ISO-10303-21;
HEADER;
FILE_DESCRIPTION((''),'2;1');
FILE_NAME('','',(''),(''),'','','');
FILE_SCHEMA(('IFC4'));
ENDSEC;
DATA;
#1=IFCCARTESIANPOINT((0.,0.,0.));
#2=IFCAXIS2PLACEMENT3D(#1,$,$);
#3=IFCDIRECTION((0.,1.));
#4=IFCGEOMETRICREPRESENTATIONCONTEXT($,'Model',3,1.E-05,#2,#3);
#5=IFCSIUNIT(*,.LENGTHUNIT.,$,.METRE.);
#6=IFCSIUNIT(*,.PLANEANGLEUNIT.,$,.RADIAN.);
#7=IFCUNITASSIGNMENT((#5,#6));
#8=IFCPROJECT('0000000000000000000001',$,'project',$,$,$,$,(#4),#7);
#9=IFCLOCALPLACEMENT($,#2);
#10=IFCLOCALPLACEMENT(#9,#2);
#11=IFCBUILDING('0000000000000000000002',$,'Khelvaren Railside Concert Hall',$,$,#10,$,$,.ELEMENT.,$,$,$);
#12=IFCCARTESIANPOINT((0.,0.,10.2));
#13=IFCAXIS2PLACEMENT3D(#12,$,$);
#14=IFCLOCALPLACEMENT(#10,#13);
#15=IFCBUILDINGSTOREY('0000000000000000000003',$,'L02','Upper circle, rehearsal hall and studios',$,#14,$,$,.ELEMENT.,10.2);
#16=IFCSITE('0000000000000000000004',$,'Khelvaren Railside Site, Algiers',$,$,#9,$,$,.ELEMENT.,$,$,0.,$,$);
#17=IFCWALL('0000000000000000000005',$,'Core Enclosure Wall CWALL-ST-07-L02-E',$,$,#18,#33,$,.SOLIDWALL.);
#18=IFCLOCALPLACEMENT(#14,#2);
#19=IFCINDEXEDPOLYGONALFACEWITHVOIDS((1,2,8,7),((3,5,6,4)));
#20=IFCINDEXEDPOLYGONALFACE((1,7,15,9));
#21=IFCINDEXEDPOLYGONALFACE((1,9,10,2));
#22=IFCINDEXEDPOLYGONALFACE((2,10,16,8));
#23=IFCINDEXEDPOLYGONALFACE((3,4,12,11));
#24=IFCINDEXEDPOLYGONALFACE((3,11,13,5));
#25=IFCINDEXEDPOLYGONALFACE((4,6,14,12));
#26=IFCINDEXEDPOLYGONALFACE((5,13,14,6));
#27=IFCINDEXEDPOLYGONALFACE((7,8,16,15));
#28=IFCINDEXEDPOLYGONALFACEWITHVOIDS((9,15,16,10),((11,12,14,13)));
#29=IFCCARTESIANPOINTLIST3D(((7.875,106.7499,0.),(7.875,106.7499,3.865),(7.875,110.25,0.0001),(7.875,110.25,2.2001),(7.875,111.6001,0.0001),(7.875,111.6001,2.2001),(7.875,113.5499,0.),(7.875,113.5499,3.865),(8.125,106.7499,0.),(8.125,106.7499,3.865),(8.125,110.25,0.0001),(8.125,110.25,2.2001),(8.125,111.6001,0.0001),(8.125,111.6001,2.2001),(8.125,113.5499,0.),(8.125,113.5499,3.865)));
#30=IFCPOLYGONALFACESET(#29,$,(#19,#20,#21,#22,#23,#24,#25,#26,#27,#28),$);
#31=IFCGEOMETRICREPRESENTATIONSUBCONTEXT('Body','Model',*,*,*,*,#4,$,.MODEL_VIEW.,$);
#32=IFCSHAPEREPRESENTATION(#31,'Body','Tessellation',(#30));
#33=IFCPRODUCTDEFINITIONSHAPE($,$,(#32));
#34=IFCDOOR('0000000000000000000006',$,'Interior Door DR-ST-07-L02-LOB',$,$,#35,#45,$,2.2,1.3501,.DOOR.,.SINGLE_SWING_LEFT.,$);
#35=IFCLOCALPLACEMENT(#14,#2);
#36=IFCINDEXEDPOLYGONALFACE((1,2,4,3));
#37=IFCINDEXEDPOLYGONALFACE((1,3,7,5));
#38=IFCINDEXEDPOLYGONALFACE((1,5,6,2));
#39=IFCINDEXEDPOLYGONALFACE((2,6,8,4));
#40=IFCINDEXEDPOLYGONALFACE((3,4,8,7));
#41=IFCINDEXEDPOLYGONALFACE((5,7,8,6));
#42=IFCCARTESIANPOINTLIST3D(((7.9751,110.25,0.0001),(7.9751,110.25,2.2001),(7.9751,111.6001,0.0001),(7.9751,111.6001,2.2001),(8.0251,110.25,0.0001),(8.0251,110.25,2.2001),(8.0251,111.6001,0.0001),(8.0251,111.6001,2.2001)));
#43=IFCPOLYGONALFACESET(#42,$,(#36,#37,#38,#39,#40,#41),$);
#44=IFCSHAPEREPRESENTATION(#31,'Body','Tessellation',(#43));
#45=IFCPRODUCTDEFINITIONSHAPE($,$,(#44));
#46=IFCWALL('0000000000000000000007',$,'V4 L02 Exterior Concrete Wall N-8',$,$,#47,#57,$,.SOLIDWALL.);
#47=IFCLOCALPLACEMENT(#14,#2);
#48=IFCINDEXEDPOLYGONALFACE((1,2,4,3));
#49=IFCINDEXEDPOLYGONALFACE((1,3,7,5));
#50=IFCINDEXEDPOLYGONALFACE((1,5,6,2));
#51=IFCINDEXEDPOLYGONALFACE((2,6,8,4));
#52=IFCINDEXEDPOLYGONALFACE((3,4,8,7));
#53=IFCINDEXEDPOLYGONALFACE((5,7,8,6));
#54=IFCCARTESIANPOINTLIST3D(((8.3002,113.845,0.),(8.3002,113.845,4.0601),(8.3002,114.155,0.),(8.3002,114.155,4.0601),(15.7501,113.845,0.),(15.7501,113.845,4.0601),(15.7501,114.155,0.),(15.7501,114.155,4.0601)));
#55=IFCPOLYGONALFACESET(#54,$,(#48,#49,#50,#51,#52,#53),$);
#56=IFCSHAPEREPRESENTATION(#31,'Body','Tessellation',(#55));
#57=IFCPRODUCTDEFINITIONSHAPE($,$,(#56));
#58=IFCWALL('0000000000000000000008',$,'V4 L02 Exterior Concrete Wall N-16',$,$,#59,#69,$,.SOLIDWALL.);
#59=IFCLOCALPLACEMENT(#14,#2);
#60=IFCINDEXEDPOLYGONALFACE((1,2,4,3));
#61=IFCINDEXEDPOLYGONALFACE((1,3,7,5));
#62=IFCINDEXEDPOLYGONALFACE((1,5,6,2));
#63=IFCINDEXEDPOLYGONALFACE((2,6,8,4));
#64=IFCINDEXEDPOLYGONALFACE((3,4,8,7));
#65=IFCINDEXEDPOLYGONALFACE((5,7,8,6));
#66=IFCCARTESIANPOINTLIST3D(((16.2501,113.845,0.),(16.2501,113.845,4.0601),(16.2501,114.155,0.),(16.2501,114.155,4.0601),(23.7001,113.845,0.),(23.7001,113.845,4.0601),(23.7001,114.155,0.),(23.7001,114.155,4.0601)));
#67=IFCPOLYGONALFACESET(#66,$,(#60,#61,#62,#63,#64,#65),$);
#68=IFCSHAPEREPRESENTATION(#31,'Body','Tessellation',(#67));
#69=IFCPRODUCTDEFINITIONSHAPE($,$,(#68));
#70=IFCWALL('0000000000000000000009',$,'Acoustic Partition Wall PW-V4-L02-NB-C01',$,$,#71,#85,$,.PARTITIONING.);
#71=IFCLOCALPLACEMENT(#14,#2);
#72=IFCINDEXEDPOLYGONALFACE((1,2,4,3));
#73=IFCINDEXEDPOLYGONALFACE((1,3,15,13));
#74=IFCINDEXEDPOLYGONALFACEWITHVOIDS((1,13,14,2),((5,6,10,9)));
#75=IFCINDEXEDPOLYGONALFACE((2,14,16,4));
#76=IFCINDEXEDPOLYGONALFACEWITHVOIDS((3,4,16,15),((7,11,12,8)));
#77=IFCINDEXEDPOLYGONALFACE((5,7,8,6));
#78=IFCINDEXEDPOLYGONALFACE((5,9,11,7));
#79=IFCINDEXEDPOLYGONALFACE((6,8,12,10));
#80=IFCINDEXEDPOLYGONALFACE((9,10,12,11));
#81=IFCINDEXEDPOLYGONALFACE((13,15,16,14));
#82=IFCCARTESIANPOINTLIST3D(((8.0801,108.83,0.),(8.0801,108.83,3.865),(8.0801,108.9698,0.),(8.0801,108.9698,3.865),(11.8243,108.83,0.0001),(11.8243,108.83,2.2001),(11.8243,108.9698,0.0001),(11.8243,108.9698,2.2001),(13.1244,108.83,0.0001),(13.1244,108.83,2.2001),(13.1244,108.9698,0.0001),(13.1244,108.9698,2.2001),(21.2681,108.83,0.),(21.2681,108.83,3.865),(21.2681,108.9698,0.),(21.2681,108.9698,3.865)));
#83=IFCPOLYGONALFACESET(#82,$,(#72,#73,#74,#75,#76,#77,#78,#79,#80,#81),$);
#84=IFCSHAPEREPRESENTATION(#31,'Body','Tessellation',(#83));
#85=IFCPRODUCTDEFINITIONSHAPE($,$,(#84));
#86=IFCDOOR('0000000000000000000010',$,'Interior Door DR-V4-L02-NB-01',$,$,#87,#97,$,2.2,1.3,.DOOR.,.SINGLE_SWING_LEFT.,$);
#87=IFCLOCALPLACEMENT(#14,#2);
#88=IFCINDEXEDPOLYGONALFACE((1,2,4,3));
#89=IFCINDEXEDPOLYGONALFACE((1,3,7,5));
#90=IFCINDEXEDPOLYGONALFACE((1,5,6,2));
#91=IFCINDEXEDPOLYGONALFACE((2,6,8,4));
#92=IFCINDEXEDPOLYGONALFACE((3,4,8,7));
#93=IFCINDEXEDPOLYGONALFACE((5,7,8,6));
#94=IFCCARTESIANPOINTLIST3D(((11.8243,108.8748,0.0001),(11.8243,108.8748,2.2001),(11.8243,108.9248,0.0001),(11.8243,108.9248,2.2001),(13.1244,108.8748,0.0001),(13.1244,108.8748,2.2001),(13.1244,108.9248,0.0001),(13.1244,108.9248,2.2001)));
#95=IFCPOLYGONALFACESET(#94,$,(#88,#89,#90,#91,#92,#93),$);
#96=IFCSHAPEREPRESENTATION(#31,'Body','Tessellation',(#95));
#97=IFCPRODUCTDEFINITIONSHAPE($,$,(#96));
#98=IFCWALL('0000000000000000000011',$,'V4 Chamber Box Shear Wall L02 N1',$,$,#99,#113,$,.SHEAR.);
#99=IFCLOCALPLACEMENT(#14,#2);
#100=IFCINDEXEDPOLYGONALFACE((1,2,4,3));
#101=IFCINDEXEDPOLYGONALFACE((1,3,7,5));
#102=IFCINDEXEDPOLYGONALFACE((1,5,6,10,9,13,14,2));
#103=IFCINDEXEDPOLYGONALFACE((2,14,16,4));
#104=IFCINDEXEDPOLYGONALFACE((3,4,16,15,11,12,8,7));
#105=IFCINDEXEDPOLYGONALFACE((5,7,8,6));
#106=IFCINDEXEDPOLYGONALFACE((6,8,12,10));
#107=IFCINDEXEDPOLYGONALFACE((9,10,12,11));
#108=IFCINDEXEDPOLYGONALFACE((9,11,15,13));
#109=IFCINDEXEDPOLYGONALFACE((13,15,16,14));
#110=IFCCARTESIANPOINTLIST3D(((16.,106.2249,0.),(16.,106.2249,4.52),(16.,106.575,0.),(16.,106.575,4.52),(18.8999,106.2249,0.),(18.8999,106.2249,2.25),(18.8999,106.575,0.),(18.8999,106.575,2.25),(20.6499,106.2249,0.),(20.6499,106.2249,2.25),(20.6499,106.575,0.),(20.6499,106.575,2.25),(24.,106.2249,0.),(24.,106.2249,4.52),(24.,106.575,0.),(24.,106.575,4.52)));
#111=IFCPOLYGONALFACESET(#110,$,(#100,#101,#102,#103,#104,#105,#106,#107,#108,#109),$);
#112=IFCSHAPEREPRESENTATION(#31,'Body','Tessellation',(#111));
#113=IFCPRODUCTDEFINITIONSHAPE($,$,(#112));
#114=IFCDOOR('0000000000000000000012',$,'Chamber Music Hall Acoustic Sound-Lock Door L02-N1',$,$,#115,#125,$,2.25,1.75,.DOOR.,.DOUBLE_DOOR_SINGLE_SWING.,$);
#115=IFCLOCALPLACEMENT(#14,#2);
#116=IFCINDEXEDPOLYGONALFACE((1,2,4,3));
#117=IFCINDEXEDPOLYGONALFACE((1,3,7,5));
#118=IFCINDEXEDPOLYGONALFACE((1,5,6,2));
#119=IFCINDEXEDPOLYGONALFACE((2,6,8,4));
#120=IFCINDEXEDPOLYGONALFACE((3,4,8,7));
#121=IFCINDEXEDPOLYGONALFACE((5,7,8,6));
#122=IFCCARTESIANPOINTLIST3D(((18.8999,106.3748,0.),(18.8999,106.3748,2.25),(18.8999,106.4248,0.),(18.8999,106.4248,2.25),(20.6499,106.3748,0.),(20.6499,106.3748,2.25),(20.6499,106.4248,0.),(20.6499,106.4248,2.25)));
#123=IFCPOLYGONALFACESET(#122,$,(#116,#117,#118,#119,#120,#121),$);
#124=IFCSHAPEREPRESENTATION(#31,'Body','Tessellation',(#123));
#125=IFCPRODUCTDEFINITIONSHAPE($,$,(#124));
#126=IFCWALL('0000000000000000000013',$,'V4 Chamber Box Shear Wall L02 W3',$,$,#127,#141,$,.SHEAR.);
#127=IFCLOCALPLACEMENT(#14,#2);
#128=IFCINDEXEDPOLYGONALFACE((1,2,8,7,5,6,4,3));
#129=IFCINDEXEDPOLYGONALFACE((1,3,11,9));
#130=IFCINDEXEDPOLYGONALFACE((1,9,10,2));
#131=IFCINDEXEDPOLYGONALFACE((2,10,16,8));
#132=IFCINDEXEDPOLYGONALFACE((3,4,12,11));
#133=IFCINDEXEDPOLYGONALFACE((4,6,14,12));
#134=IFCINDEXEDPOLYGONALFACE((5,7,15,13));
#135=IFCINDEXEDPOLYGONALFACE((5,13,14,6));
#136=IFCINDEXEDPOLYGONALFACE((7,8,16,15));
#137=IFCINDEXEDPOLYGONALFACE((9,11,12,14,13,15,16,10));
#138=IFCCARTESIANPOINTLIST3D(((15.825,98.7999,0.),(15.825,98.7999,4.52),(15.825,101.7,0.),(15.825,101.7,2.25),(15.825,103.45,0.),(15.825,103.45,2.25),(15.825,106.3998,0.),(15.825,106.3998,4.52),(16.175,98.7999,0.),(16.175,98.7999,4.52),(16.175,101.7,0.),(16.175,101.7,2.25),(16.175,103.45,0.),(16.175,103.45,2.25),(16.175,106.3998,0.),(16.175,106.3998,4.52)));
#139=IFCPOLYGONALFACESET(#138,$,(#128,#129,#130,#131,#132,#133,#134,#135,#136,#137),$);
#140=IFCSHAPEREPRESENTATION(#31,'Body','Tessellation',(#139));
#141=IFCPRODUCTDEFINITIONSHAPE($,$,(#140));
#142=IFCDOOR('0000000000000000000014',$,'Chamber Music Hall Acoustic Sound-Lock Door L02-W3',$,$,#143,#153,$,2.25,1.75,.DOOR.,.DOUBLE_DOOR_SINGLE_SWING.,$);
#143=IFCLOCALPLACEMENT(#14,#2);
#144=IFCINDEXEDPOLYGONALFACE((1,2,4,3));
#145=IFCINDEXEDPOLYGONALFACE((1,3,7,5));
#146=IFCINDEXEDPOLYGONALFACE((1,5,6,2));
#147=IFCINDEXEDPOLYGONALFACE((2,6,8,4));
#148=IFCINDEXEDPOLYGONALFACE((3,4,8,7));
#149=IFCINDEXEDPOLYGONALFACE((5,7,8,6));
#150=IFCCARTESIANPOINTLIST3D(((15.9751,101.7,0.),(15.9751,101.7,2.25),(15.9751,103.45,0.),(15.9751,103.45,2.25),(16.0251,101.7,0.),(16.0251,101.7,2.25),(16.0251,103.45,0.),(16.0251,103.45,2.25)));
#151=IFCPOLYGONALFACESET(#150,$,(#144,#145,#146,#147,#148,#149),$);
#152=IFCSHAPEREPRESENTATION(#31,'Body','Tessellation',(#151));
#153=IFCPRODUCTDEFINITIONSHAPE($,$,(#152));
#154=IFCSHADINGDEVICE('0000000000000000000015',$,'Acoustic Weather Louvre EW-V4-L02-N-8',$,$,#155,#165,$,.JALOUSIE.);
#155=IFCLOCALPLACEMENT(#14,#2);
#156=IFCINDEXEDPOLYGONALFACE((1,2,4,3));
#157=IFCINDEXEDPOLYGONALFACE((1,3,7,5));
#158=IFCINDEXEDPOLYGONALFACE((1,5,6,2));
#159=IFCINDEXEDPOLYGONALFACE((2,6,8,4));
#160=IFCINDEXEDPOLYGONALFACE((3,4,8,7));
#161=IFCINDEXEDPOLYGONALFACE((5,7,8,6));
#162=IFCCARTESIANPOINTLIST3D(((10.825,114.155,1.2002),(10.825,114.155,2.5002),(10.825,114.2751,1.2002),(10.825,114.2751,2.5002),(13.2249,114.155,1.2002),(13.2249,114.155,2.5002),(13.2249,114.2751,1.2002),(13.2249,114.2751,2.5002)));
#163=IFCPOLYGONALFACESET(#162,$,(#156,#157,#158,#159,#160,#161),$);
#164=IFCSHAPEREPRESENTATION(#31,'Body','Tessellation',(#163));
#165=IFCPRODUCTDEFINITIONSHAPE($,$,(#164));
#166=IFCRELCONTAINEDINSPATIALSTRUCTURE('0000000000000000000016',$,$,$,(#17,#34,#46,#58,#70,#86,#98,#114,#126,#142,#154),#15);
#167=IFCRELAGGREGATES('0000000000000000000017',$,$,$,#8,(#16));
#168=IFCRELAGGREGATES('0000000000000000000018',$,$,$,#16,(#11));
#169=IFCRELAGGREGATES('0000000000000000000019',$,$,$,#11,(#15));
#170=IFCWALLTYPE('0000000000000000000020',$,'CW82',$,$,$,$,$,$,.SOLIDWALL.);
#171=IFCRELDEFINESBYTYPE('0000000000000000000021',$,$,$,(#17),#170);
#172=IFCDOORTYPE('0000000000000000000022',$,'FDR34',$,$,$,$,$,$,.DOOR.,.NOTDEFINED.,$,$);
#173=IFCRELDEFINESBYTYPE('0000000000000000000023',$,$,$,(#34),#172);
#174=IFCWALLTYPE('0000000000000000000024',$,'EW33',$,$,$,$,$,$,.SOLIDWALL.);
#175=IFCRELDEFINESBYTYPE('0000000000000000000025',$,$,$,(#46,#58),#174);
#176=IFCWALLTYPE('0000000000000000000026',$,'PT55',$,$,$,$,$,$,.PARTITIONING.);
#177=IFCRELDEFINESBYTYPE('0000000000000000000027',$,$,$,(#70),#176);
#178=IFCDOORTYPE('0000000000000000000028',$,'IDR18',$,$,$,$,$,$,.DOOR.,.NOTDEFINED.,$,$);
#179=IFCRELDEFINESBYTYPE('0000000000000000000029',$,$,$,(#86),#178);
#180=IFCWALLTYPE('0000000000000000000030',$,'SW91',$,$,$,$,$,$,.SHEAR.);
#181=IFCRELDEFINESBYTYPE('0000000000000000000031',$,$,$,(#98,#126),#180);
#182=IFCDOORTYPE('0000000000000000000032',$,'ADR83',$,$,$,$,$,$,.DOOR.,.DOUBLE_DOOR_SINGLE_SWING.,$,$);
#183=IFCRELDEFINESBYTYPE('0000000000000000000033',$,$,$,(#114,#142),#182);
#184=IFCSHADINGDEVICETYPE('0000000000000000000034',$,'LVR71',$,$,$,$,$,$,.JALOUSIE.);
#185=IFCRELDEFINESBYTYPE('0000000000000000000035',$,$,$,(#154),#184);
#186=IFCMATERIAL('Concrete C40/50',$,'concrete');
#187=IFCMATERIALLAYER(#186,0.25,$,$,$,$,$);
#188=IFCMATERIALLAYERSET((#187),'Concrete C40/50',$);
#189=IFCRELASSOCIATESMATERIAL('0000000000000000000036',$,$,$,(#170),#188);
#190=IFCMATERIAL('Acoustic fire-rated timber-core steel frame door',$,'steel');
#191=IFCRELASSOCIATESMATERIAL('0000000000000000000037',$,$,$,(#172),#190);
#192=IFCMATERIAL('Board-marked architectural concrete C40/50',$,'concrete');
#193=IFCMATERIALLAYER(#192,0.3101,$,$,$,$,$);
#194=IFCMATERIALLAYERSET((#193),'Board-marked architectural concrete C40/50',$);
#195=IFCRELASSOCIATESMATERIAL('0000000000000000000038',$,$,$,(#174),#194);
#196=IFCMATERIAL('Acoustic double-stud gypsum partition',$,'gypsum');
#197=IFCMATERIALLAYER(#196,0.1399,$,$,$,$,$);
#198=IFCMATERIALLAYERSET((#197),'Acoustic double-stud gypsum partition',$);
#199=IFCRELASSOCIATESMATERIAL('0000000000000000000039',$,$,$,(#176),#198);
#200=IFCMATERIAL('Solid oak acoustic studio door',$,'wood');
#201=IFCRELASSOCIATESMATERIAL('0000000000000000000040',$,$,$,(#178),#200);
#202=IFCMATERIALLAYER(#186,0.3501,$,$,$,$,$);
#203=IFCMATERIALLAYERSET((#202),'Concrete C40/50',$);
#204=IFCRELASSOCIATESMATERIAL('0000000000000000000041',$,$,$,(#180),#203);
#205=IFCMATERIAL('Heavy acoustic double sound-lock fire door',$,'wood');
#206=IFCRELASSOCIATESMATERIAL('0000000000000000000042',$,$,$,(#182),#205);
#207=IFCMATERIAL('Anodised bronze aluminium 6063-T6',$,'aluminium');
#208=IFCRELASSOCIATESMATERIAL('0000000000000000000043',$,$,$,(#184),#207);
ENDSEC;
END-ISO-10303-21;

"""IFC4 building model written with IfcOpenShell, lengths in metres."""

from ifc_helpers import new_model, si_unit, direction, frame, frame_2d, origin, origin_2d, place, context, subcontext, project, spatial, rectangle, extrude, material, layer, layer_set, type_object, element, fill, save


model = new_model("IFC4")

# Units and contexts
model_context = context("Model", 3, precision=1e-05, world=origin(), true_north=direction((0.0, 1.0)))
body_context = subcontext(model_context, "Body", "Model", "MODEL_VIEW")
ifc_project = project(units=[si_unit("LENGTHUNIT", "METRE"), si_unit("PLANEANGLEUNIT", "RADIAN")], contexts=[model_context])

# Site, building, storey
site_placement = place(None, origin())
site = spatial("IfcSite", under=ifc_project, at=site_placement, Name="Khelvaren Railside Site, Algiers", CompositionType="ELEMENT", RefElevation=0.0)
building_placement = place(site_placement, origin())
building = spatial("IfcBuilding", under=site, at=building_placement, Name="Khelvaren Railside Concert Hall", CompositionType="ELEMENT")
storey_placement = place(building_placement, frame((0.0, 0.0, 10.2)))
storey = spatial("IfcBuildingStorey", under=building, at=storey_placement, Name="L02", Description="Upper circle, rehearsal hall and studios", CompositionType="ELEMENT", Elevation=10.2)

# Shared definitions
ifc_material_1 = material(Name="Concrete C40/50", Category="concrete")

# Wall, opening, door
ifc_layer_1 = layer(ifc_material_1, 0.25)
ifc_layer_set_1 = layer_set([ifc_layer_1], Name="Concrete C40/50")
wall_type_1 = type_object("IfcWallType", Name="CW82", PredefinedType="SOLIDWALL", material=ifc_layer_set_1)
wall_1_placement = place(storey_placement, frame((8.0, 106.75, 0.0), z_axis=(0.0, 0.0, 1.0), x_axis=(0.0, 1.0, 0.0)))
wall_1 = element("IfcWall", 1, at=wall_1_placement, inside=storey, type_object=wall_type_1, Name="Core Enclosure Wall CWALL-ST-07-L02-E", PredefinedType="SOLIDWALL", context=body_context, shape_type="SweptSolid", body=[
    extrude(rectangle(XDim=6.8, YDim=0.25, at=frame_2d((3.3999, 0.0))), origin(), (0.0, 0.0, 1.0), 3.865),
])
opening_1_placement = place(wall_1_placement, frame((3.5, 0.0, 0.0)))
opening_1 = element("IfcOpeningElement", 2, at=opening_1_placement, cuts=wall_1, PredefinedType="OPENING", context=body_context, shape_type="SweptSolid", body=[
    extrude(rectangle(XDim=1.3501, YDim=2.2, at=frame_2d((0.675, 1.1001))), frame((0.0, 0.135, 0.0), z_axis=(0.0, -1.0, 0.0), x_axis=(1.0, 0.0, 0.0)), (0.0, 0.0, 1.0), 0.27),
])
ifc_material_2 = material(Name="Acoustic fire-rated timber-core steel frame door", Category="steel")
door_type_1 = type_object("IfcDoorType", Name="FDR34", OperationType="NOTDEFINED", PredefinedType="DOOR", material=ifc_material_2)
door_1_placement = place(opening_1_placement, origin())
door_1 = element("IfcDoor", 3, at=door_1_placement, inside=storey, type_object=door_type_1, Name="Interior Door DR-ST-07-L02-LOB", OperationType="SINGLE_SWING_LEFT", OverallHeight=2.2, OverallWidth=1.3501, PredefinedType="DOOR", context=body_context, shape_type="SweptSolid", body=[
    extrude(rectangle(XDim=1.3501, YDim=2.2, at=frame_2d((0.675, 1.1001))), frame((0.0, 0.0249, 0.0), z_axis=(0.0, -1.0, 0.0), x_axis=(1.0, 0.0, 0.0)), (0.0, 0.0, 1.0), 0.05),
])
fill(opening_1, door_1)

# Walls
ifc_material_3 = material(Name="Board-marked architectural concrete C40/50", Category="concrete")
ifc_layer_2 = layer(ifc_material_3, 0.3101)
ifc_layer_set_2 = layer_set([ifc_layer_2], Name="Board-marked architectural concrete C40/50")
wall_type_2 = type_object("IfcWallType", Name="EW33", PredefinedType="SOLIDWALL", material=ifc_layer_set_2)
for number, where, z_axis, x_axis, name in (
    (4, (8.3, 114.0, 0.0), (0.0, 0.0, 1.0), (1.0, 0.0, 0.0), "V4 L02 Exterior Concrete Wall N-8"),
    (5, (16.25, 114.0, 0.0), (0.0, 0.0, 1.0), (1.0, 0.0, 0.0), "V4 L02 Exterior Concrete Wall N-16"),
):
    element("IfcWall", number, at=place(storey_placement, frame(where, z_axis=z_axis, x_axis=x_axis)), inside=storey, type_object=wall_type_2, Name=name, PredefinedType="SOLIDWALL", context=body_context, shape_type="SweptSolid", body=[
        extrude(rectangle(XDim=7.45, YDim=0.3101, at=frame_2d((3.7251, 0.0))), origin(), (0.0, 0.0, 1.0), 4.0601),
    ])

# Walls, openings, doors
ifc_material_4 = material(Name="Acoustic double-stud gypsum partition", Category="gypsum")
ifc_layer_3 = layer(ifc_material_4, 0.1399)
ifc_layer_set_3 = layer_set([ifc_layer_3], Name="Acoustic double-stud gypsum partition")
wall_type_3 = type_object("IfcWallType", Name="PT55", PredefinedType="PARTITIONING", material=ifc_layer_set_3)
wall_2_placement = place(storey_placement, frame((8.0801, 108.8999, 0.0), z_axis=(0.0, 0.0, 1.0), x_axis=(1.0, 0.0, 0.0)))
wall_2 = element("IfcWall", 6, at=wall_2_placement, inside=storey, type_object=wall_type_3, Name="Acoustic Partition Wall PW-V4-L02-NB-C01", PredefinedType="PARTITIONING", context=body_context, shape_type="SweptSolid", body=[
    extrude(rectangle(XDim=13.188, YDim=0.1399, at=frame_2d((6.594, 0.0))), origin(), (0.0, 0.0, 1.0), 3.865),
])
opening_2_placement = place(wall_2_placement, frame((3.7444, 0.0, 0.0)))
opening_2 = element("IfcOpeningElement", 7, at=opening_2_placement, cuts=wall_2, PredefinedType="OPENING", context=body_context, shape_type="SweptSolid", body=[
    extrude(rectangle(XDim=1.3, YDim=2.2, at=frame_2d((0.6499, 1.1001))), frame((0.0, 0.0798, 0.0), z_axis=(0.0, -1.0, 0.0), x_axis=(1.0, 0.0, 0.0)), (0.0, 0.0, 1.0), 0.1599),
])
ifc_material_5 = material(Name="Solid oak acoustic studio door", Category="wood")
door_type_2 = type_object("IfcDoorType", Name="IDR18", OperationType="NOTDEFINED", PredefinedType="DOOR", material=ifc_material_5)
door_2_placement = place(opening_2_placement, origin())
door_2 = element("IfcDoor", 8, at=door_2_placement, inside=storey, type_object=door_type_2, Name="Interior Door DR-V4-L02-NB-01", OperationType="SINGLE_SWING_LEFT", OverallHeight=2.2, OverallWidth=1.3, PredefinedType="DOOR", context=body_context, shape_type="SweptSolid", body=[
    extrude(rectangle(XDim=1.3, YDim=2.2, at=frame_2d((0.6499, 1.1001))), frame((0.0, 0.0249, 0.0), z_axis=(0.0, -1.0, 0.0), x_axis=(1.0, 0.0, 0.0)), (0.0, 0.0, 1.0), 0.05),
])
fill(opening_2, door_2)
ifc_layer_4 = layer(ifc_material_1, 0.3501)
ifc_layer_set_4 = layer_set([ifc_layer_4], Name="Concrete C40/50")
wall_type_4 = type_object("IfcWallType", Name="SW91", PredefinedType="SHEAR", material=ifc_layer_set_4)
wall_3_placement = place(storey_placement, frame((16.0, 106.3999, 0.0), z_axis=(0.0, 0.0, 1.0), x_axis=(1.0, 0.0, 0.0)))
wall_3 = element("IfcWall", 9, at=wall_3_placement, inside=storey, type_object=wall_type_4, Name="V4 Chamber Box Shear Wall L02 N1", PredefinedType="SHEAR", context=body_context, shape_type="SweptSolid", body=[
    extrude(rectangle(XDim=8.0, YDim=0.3501, at=frame_2d((4.0, 0.0))), origin(), (0.0, 0.0, 1.0), 4.52),
])
opening_3_placement = place(wall_3_placement, frame((2.8999, 0.0, 0.0)))
opening_3 = element("IfcOpeningElement", 10, at=opening_3_placement, cuts=wall_3, PredefinedType="OPENING", context=body_context, shape_type="SweptSolid", body=[
    extrude(rectangle(XDim=1.75, YDim=2.25, at=frame_2d((0.875, 1.125))), frame((0.0, 0.1851, 0.0), z_axis=(0.0, -1.0, 0.0), x_axis=(1.0, 0.0, 0.0)), (0.0, 0.0, 1.0), 0.3701),
])
ifc_material_6 = material(Name="Heavy acoustic double sound-lock fire door", Category="wood")
door_type_3 = type_object("IfcDoorType", Name="ADR83", OperationType="DOUBLE_DOOR_SINGLE_SWING", PredefinedType="DOOR", material=ifc_material_6)
door_3_placement = place(opening_3_placement, origin())
door_3 = element("IfcDoor", 11, at=door_3_placement, inside=storey, type_object=door_type_3, Name="Chamber Music Hall Acoustic Sound-Lock Door L02-N1", OperationType="DOUBLE_DOOR_SINGLE_SWING", OverallHeight=2.25, OverallWidth=1.75, PredefinedType="DOOR", context=body_context, shape_type="SweptSolid", body=[
    extrude(rectangle(XDim=1.75, YDim=2.25, at=frame_2d((0.875, 1.125))), frame((0.0, 0.0249, 0.0), z_axis=(0.0, -1.0, 0.0), x_axis=(1.0, 0.0, 0.0)), (0.0, 0.0, 1.0), 0.05),
])
fill(opening_3, door_3)
wall_4_placement = place(storey_placement, frame((16.0, 98.8, 0.0), z_axis=(0.0, 0.0, 1.0), x_axis=(0.0, 1.0, 0.0)))
wall_4 = element("IfcWall", 12, at=wall_4_placement, inside=storey, type_object=wall_type_4, Name="V4 Chamber Box Shear Wall L02 W3", PredefinedType="SHEAR", context=body_context, shape_type="SweptSolid", body=[
    extrude(rectangle(XDim=7.5999, YDim=0.3501, at=frame_2d((3.7998, 0.0))), origin(), (0.0, 0.0, 1.0), 4.52),
])
opening_4_placement = place(wall_4_placement, frame((2.8999, 0.0, 0.0)))
opening_4 = element("IfcOpeningElement", 13, at=opening_4_placement, cuts=wall_4, PredefinedType="OPENING", context=body_context, shape_type="SweptSolid", body=[
    extrude(rectangle(XDim=1.75, YDim=2.25, at=frame_2d((0.875, 1.125))), frame((0.0, 0.1851, 0.0), z_axis=(0.0, -1.0, 0.0), x_axis=(1.0, 0.0, 0.0)), (0.0, 0.0, 1.0), 0.3701),
])
door_4_placement = place(opening_4_placement, origin())
door_4 = element("IfcDoor", 14, at=door_4_placement, inside=storey, type_object=door_type_3, Name="Chamber Music Hall Acoustic Sound-Lock Door L02-W3", OperationType="DOUBLE_DOOR_SINGLE_SWING", OverallHeight=2.25, OverallWidth=1.75, PredefinedType="DOOR", context=body_context, shape_type="SweptSolid", body=[
    extrude(rectangle(XDim=1.75, YDim=2.25, at=frame_2d((0.875, 1.125))), frame((0.0, 0.0249, 0.0), z_axis=(0.0, -1.0, 0.0), x_axis=(1.0, 0.0, 0.0)), (0.0, 0.0, 1.0), 0.05),
])
fill(opening_4, door_4)

# Shading device
ifc_material_7 = material(Name="Anodised bronze aluminium 6063-T6", Category="aluminium")
shading_device_type = type_object("IfcShadingDeviceType", Name="LVR71", PredefinedType="JALOUSIE", material=ifc_material_7)
for number, where, z_axis, x_axis, name in (
    (15, (12.0249, 114.2151, 1.2002), (0.0, 0.0, 1.0), (1.0, 0.0, 0.0), "Acoustic Weather Louvre EW-V4-L02-N-8"),
):
    element("IfcShadingDevice", number, at=place(storey_placement, frame(where, z_axis=z_axis, x_axis=x_axis)), inside=storey, type_object=shading_device_type, Name=name, PredefinedType="JALOUSIE", context=body_context, shape_type="SweptSolid", body=[
        extrude(rectangle(XDim=2.3999, YDim=0.1201, at=origin_2d()), origin(), (0.0, 0.0, 1.0), 1.3),
    ])

save(model, "model.ifc")
